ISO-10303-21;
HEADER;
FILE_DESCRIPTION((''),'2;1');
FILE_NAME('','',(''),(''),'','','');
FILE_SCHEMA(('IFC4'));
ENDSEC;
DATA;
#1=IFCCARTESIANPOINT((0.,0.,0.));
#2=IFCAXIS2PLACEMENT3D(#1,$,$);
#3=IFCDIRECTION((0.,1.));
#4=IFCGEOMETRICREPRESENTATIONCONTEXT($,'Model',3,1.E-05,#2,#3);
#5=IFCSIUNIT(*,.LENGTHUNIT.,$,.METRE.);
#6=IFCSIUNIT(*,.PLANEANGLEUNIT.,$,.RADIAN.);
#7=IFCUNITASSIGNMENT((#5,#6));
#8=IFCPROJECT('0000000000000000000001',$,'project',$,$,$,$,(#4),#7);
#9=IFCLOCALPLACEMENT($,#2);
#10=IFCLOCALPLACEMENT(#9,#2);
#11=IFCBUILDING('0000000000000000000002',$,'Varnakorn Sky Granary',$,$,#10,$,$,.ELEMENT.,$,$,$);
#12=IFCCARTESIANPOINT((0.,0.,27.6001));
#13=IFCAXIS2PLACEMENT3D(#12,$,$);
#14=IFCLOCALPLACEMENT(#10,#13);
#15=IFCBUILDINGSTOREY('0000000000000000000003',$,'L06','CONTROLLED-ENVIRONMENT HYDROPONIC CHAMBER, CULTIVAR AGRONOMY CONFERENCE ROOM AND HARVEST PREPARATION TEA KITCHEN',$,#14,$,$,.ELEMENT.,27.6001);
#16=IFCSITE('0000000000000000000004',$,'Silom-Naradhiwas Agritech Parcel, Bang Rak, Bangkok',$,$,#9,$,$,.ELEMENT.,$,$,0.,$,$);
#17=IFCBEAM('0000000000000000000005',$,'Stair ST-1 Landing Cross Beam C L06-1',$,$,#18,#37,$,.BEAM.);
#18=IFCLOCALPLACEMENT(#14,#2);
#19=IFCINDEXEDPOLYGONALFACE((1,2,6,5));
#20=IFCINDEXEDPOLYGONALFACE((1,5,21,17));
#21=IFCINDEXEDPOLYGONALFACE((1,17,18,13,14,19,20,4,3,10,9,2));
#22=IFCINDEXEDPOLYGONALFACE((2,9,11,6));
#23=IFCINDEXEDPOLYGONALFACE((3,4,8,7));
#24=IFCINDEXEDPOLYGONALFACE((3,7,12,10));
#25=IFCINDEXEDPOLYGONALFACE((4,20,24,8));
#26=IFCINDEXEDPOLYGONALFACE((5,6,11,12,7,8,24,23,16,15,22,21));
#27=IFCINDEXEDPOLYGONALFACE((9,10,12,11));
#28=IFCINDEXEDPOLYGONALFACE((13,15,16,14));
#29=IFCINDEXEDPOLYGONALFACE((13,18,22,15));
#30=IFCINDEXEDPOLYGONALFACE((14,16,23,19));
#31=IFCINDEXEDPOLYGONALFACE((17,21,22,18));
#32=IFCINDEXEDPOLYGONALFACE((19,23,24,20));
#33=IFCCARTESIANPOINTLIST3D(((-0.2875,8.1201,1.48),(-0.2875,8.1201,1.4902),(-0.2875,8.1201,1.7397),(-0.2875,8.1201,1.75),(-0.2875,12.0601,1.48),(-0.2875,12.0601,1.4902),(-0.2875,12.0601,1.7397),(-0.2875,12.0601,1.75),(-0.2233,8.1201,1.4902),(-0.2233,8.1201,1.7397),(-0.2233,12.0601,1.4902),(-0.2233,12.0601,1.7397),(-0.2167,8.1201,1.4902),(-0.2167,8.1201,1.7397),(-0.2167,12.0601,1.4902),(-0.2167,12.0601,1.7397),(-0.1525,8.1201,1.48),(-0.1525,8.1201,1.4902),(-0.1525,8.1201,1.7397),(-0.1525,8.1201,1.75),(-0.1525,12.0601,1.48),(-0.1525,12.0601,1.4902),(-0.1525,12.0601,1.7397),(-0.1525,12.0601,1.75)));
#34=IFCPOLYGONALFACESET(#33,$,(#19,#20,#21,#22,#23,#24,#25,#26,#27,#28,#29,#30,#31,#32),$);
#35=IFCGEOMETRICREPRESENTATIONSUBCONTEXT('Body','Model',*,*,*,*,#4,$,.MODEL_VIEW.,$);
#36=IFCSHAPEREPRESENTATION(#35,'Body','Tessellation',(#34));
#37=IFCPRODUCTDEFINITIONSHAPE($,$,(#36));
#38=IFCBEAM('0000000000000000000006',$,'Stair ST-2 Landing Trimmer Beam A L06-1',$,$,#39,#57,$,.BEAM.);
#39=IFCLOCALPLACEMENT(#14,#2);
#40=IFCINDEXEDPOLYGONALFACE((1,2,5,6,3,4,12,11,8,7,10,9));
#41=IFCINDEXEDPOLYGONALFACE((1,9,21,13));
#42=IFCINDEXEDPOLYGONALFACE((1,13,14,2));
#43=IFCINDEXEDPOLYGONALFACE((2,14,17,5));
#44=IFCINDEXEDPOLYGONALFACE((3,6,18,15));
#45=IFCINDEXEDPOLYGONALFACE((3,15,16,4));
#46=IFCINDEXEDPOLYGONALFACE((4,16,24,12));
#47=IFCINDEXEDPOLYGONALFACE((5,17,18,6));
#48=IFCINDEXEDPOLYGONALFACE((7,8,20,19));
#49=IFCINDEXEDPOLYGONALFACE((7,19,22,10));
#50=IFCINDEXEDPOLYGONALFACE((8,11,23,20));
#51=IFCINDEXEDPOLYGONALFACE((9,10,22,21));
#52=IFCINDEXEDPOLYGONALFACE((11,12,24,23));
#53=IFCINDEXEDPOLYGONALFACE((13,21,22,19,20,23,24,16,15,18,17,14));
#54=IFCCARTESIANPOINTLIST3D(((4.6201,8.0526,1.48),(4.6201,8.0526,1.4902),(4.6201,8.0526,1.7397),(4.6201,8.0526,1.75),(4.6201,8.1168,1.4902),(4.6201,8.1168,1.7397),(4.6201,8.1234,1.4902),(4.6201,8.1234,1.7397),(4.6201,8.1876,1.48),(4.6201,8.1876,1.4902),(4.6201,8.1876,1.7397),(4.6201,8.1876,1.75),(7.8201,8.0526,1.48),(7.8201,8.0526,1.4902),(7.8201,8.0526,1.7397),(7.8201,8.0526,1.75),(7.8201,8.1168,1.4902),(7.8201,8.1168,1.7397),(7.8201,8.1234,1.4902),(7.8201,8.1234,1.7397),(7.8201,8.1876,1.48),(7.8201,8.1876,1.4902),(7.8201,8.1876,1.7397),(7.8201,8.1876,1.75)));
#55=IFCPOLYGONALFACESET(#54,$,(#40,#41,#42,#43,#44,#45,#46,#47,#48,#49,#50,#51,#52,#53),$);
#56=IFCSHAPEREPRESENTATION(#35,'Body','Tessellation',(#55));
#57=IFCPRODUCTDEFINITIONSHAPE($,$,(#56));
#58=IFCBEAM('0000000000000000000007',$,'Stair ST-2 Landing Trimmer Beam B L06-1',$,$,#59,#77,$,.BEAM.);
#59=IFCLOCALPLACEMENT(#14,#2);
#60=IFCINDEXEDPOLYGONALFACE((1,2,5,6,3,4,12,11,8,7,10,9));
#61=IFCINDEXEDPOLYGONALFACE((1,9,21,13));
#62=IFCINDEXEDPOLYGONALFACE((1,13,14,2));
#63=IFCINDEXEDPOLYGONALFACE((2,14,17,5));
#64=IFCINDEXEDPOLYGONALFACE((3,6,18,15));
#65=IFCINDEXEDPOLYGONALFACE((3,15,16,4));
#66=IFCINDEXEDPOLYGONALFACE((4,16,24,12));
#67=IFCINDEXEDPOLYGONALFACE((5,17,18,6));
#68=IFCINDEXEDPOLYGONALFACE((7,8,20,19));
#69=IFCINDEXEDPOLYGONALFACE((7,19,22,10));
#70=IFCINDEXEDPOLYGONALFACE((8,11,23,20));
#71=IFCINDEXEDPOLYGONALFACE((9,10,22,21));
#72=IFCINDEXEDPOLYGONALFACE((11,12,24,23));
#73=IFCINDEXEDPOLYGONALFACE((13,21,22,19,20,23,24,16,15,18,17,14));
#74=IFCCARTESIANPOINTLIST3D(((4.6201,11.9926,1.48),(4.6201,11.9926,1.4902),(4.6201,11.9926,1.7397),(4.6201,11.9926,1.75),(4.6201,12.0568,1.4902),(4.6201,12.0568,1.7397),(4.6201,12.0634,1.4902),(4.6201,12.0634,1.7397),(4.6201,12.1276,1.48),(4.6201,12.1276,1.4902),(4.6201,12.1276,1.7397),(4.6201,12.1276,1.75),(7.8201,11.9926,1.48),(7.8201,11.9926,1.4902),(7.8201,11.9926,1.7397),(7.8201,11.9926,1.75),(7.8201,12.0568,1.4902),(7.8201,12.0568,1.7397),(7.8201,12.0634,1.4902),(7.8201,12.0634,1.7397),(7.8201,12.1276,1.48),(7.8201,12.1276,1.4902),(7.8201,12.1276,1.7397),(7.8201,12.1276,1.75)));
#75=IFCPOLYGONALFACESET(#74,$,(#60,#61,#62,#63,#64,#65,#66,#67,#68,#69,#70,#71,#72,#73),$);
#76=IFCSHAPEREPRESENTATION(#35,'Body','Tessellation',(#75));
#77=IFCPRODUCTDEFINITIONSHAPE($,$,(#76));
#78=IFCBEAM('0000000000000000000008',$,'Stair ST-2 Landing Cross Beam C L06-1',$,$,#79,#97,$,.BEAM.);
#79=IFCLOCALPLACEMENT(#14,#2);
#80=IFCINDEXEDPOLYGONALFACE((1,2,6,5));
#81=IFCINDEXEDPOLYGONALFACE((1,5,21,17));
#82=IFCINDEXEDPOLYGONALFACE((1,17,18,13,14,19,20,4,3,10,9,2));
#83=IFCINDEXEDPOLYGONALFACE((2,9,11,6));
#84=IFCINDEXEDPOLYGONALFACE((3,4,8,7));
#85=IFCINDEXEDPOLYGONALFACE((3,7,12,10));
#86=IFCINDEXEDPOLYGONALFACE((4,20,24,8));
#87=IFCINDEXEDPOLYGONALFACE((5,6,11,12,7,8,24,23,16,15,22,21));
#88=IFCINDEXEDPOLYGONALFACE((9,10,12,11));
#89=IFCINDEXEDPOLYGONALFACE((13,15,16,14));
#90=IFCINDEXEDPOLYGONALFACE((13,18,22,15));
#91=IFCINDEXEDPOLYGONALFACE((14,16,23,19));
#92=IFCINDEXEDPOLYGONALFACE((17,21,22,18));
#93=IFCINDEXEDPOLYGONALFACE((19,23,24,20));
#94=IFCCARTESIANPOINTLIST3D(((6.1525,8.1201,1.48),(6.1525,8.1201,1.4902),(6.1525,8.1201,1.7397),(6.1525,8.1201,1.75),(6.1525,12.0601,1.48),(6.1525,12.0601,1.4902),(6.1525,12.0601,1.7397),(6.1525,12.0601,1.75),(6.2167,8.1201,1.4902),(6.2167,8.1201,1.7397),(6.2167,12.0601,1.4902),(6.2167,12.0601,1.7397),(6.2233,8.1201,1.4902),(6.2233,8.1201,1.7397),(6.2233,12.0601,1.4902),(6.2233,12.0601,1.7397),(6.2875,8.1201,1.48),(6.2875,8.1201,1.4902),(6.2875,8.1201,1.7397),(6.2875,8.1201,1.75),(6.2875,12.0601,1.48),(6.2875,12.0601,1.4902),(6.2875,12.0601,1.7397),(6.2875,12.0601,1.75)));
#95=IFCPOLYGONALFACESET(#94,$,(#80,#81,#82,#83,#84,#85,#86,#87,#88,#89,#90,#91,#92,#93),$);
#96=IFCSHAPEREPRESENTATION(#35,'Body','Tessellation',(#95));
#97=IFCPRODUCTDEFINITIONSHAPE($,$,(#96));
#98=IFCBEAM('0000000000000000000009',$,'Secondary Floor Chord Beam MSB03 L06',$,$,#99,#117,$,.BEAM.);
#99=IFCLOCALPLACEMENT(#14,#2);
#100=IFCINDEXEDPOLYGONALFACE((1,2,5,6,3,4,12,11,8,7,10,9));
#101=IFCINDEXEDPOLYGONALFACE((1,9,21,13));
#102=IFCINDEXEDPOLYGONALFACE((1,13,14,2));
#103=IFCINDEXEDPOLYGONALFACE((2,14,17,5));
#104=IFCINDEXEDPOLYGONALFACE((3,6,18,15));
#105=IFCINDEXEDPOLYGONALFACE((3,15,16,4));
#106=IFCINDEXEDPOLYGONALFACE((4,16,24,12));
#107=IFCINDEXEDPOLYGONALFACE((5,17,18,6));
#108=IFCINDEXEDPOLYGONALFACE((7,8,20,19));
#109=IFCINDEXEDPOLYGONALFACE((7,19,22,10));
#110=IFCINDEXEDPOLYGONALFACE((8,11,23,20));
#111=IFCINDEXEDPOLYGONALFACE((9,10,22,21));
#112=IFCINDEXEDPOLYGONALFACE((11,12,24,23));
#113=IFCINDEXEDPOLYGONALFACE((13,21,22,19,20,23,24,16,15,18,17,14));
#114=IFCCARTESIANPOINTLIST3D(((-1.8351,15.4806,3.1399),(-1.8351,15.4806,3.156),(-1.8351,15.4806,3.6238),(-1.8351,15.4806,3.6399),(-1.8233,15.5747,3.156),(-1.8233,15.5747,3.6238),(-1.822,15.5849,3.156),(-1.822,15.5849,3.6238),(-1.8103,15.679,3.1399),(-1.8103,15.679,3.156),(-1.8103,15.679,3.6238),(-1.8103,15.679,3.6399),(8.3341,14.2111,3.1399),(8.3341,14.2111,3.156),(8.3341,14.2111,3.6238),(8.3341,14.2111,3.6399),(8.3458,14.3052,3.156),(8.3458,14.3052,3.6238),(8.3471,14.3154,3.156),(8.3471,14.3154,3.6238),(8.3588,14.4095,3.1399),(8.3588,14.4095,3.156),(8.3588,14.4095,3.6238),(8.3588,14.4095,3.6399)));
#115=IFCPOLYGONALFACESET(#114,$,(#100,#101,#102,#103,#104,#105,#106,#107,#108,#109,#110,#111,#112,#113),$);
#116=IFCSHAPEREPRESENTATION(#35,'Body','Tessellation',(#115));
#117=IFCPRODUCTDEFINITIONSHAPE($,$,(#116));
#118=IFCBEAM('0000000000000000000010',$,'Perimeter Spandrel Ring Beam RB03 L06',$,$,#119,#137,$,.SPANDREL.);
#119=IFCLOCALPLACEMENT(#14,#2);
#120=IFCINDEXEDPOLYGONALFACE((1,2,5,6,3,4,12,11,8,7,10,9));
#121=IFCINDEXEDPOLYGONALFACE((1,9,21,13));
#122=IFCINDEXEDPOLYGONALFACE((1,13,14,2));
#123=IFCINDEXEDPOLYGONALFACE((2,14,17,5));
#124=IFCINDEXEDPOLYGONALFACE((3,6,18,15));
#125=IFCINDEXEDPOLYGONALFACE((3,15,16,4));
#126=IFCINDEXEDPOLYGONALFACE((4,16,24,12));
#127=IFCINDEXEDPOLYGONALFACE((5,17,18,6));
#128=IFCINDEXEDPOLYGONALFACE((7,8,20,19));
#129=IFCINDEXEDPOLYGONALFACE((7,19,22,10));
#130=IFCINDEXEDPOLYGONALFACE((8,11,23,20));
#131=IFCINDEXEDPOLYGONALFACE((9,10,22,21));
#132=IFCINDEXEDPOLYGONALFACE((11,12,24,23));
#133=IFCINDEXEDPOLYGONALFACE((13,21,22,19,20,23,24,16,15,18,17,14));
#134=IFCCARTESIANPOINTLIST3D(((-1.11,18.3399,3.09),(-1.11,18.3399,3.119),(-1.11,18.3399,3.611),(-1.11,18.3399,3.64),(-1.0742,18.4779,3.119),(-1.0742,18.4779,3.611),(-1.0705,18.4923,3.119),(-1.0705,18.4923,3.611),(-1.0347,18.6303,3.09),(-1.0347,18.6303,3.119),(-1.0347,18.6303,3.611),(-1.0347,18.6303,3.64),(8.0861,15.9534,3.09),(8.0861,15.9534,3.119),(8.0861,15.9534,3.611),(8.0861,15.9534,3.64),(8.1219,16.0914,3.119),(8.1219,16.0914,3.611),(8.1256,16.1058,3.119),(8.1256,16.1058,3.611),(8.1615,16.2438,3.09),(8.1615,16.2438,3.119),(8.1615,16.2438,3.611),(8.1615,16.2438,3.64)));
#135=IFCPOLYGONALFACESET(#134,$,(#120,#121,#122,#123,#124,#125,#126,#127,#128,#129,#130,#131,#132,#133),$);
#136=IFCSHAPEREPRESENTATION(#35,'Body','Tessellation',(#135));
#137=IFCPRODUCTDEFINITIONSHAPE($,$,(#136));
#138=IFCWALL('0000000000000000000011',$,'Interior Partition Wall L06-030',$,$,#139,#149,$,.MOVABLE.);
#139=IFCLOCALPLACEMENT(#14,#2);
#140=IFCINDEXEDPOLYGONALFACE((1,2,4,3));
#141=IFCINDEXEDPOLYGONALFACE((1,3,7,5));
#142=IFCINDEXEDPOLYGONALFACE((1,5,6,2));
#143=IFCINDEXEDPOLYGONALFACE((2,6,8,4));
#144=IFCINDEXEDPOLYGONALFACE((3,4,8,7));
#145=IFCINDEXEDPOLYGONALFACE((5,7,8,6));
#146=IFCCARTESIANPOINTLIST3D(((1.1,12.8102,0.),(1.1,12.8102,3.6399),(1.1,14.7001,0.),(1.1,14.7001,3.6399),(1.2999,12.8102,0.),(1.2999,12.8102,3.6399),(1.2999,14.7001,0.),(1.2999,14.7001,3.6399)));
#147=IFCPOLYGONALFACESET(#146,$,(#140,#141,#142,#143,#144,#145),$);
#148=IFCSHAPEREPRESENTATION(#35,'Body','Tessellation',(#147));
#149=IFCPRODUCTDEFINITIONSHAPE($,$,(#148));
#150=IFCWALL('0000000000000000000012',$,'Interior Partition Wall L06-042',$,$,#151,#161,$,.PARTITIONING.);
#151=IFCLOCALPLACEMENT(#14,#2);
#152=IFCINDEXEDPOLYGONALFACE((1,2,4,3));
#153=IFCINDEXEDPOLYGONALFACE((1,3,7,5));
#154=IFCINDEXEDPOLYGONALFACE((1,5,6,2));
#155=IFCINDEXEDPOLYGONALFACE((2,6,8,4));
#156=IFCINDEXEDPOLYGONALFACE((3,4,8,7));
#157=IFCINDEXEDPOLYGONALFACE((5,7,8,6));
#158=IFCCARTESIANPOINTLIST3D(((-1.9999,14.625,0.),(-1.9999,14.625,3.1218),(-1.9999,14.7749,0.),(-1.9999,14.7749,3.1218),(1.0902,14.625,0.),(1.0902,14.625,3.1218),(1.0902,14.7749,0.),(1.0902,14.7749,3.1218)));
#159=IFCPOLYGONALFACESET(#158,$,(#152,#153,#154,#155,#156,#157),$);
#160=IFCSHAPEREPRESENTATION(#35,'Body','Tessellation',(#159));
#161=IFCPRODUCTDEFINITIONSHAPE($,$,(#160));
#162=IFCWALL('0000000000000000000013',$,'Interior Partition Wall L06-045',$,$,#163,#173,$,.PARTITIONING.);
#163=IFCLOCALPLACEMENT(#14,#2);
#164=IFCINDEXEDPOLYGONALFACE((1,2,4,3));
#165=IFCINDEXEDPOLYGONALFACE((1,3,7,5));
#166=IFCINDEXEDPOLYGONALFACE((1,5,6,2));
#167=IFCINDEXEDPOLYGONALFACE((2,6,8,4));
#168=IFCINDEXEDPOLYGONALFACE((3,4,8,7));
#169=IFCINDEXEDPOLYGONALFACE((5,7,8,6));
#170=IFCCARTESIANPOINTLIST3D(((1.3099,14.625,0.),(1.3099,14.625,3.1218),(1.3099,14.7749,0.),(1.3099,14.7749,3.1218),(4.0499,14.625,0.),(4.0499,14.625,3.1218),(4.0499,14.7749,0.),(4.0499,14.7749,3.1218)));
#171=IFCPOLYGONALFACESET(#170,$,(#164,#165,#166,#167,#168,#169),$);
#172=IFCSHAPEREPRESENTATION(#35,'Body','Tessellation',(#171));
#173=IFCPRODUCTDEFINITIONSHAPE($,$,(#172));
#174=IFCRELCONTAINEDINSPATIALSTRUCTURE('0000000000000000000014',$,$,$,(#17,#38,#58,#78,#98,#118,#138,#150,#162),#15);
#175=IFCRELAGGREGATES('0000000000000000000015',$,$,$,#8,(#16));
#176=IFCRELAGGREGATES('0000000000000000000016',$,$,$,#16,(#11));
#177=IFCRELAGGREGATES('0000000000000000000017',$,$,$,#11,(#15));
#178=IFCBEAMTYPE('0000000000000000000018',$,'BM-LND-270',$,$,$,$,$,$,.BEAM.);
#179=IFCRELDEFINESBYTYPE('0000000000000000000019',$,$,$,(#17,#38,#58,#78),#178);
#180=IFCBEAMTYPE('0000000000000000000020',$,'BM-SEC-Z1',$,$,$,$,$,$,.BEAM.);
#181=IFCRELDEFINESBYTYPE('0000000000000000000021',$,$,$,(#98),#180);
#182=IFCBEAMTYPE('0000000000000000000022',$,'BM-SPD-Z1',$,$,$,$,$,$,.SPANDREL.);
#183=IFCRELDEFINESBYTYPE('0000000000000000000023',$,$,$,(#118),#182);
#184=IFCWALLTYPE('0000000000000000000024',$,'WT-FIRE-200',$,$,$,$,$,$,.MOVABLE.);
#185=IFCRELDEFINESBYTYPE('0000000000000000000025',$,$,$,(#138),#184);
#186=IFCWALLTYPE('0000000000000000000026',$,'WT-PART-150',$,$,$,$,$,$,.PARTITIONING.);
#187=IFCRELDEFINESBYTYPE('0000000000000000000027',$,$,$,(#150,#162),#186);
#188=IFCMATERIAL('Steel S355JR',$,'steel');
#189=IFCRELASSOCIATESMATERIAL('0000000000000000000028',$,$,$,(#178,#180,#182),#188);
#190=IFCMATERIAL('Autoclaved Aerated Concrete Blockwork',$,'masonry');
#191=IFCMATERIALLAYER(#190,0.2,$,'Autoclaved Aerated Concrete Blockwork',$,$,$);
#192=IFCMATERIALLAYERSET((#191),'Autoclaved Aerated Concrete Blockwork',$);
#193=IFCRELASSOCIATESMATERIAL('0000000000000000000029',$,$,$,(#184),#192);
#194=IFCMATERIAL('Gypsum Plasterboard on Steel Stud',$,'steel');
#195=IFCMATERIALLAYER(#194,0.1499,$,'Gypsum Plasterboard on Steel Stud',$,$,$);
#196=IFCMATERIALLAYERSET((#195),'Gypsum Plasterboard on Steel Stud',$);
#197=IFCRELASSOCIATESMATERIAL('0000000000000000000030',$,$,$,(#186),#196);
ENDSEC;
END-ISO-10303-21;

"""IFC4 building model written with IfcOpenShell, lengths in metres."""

from ifc_helpers import new_model, si_unit, direction, frame, frame_2d, origin, origin_2d, place, context, subcontext, project, spatial, rectangle, i_section, extrude, material, layer, layer_set, material_profile, profile_set, type_object, element, save


model = new_model("IFC4")

# Units and contexts
model_context = context("Model", 3, precision=1e-05, world=origin(), true_north=direction((0.0, 1.0)))
body_context = subcontext(model_context, "Body", "Model", "MODEL_VIEW")
ifc_project = project(units=[si_unit("LENGTHUNIT", "METRE"), si_unit("PLANEANGLEUNIT", "RADIAN")], contexts=[model_context])

# Site, building, storey
site_placement = place(None, origin())
site = spatial("IfcSite", under=ifc_project, at=site_placement, Name="Silom-Naradhiwas Agritech Parcel, Bang Rak, Bangkok", CompositionType="ELEMENT", RefElevation=0.0)
building_placement = place(site_placement, origin())
building = spatial("IfcBuilding", under=site, at=building_placement, Name="Varnakorn Sky Granary", CompositionType="ELEMENT")
storey_placement = place(building_placement, frame((0.0, 0.0, 27.6001)))
storey = spatial("IfcBuildingStorey", under=building, at=storey_placement, Name="L06", Description="CONTROLLED-ENVIRONMENT HYDROPONIC CHAMBER, CULTIVAR AGRONOMY CONFERENCE ROOM AND HARVEST PREPARATION TEA KITCHEN", CompositionType="ELEMENT", Elevation=27.6001)

# Beams
ifc_material_1 = material(Name="Steel S355JR", Category="steel")
ifc_material_profile_1 = material_profile(ifc_material_1, i_section(OverallWidth=0.135, OverallDepth=0.27, WebThickness=0.0066, FlangeThickness=0.0103, at=origin_2d()), Name="IPE 270")
ifc_profile_set_1 = profile_set([ifc_material_profile_1], Name="Steel S355JR")
beam_type_1 = type_object("IfcBeamType", Name="BM-LND-270", PredefinedType="BEAM", material=ifc_profile_set_1)
beam_1_placement = place(storey_placement, frame((-0.22, 8.1201, 1.615), z_axis=(0.0, 1.0, 0.0), x_axis=(-1.0, 0.0, 0.0)))
element("IfcBeam", 1, at=beam_1_placement, inside=storey, type_object=beam_type_1, Name="Stair ST-1 Landing Cross Beam C L06-1", PredefinedType="BEAM", context=body_context, shape_type="SweptSolid", body=[
    extrude(i_section(OverallWidth=0.135, OverallDepth=0.27, WebThickness=0.0066, FlangeThickness=0.0103, at=origin_2d()), origin(), (0.0, 0.0, 1.0), 3.9399),
])
for number, where, z_axis, x_axis, name in (
    (2, (4.6201, 8.1201, 1.615), (1.0, 0.0, 0.0), (0.0, 1.0, 0.0), "Stair ST-2 Landing Trimmer Beam A L06-1"),
    (3, (4.6201, 12.0601, 1.615), (1.0, 0.0, 0.0), (0.0, 1.0, 0.0), "Stair ST-2 Landing Trimmer Beam B L06-1"),
):
    element("IfcBeam", number, at=place(storey_placement, frame(where, z_axis=z_axis, x_axis=x_axis)), inside=storey, type_object=beam_type_1, Name=name, PredefinedType="BEAM", context=body_context, shape_type="SweptSolid", body=[
        extrude(i_section(OverallWidth=0.135, OverallDepth=0.27, WebThickness=0.0066, FlangeThickness=0.0103, at=origin_2d()), origin(), (0.0, 0.0, 1.0), 3.2),
    ])
beam_2_placement = place(storey_placement, frame((6.22, 8.1201, 1.615), z_axis=(0.0, 1.0, 0.0), x_axis=(-1.0, 0.0, 0.0)))
element("IfcBeam", 4, at=beam_2_placement, inside=storey, type_object=beam_type_1, Name="Stair ST-2 Landing Cross Beam C L06-1", PredefinedType="BEAM", context=body_context, shape_type="SweptSolid", body=[
    extrude(i_section(OverallWidth=0.135, OverallDepth=0.27, WebThickness=0.0066, FlangeThickness=0.0103, at=origin_2d()), origin(), (0.0, 0.0, 1.0), 3.9399),
])
ifc_material_profile_2 = material_profile(ifc_material_1, i_section(OverallWidth=0.2, OverallDepth=0.5, WebThickness=0.0103, FlangeThickness=0.0161, at=origin_2d()), Name="IPE 500")
ifc_profile_set_2 = profile_set([ifc_material_profile_2], Name="Steel S355JR")
beam_type_2 = type_object("IfcBeamType", Name="BM-SEC-Z1", PredefinedType="BEAM", material=ifc_profile_set_2)
beam_3_placement = place(storey_placement, frame((8.3464, 14.3103, 3.3899), z_axis=(-0.992297, 0.123879, 0.0), x_axis=(-0.123879, -0.992297, 0.0)))
element("IfcBeam", 5, at=beam_3_placement, inside=storey, type_object=beam_type_2, Name="Secondary Floor Chord Beam MSB03 L06", PredefinedType="BEAM", context=body_context, shape_type="SweptSolid", body=[
    extrude(i_section(OverallWidth=0.2, OverallDepth=0.5, WebThickness=0.0103, FlangeThickness=0.0161, at=origin_2d()), origin(), (0.0, 0.0, 1.0), 10.248),
])
ifc_material_profile_3 = material_profile(ifc_material_1, i_section(OverallWidth=0.3, OverallDepth=0.55, WebThickness=0.0149, FlangeThickness=0.0291, at=origin_2d()), Name="HE 550 B")
ifc_profile_set_3 = profile_set([ifc_material_profile_3], Name="Steel S355JR")
beam_type_3 = type_object("IfcBeamType", Name="BM-SPD-Z1", PredefinedType="SPANDREL", material=ifc_profile_set_3)
beam_4_placement = place(storey_placement, frame((8.1238, 16.0986, 3.365), z_axis=(-0.967938, 0.25119, 0.0), x_axis=(-0.25119, -0.967938, 0.0)))
element("IfcBeam", 6, at=beam_4_placement, inside=storey, type_object=beam_type_3, Name="Perimeter Spandrel Ring Beam RB03 L06", PredefinedType="SPANDREL", context=body_context, shape_type="SweptSolid", body=[
    extrude(i_section(OverallWidth=0.3, OverallDepth=0.55, WebThickness=0.0149, FlangeThickness=0.0291, at=origin_2d()), origin(), (0.0, 0.0, 1.0), 9.5007),
])

# Walls
ifc_material_2 = material(Name="Autoclaved Aerated Concrete Blockwork", Category="masonry")
ifc_layer_1 = layer(ifc_material_2, 0.2, Name="Autoclaved Aerated Concrete Blockwork")
ifc_layer_set_1 = layer_set([ifc_layer_1], Name="Autoclaved Aerated Concrete Blockwork")
wall_type_1 = type_object("IfcWallType", Name="WT-FIRE-200", PredefinedType="MOVABLE", material=ifc_layer_set_1)
wall_1_placement = place(storey_placement, frame((1.2, 14.7, 0.0), z_axis=(0.0, 0.0, 1.0), x_axis=(0.0, -1.0, 0.0)))
element("IfcWall", 7, at=wall_1_placement, inside=storey, type_object=wall_type_1, Name="Interior Partition Wall L06-030", PredefinedType="MOVABLE", context=body_context, shape_type="SweptSolid", body=[
    extrude(rectangle(XDim=1.8899, YDim=0.2, at=frame_2d((0.9448, 0.0))), origin(), (0.0, 0.0, 1.0), 3.6399),
])
ifc_material_3 = material(Name="Gypsum Plasterboard on Steel Stud", Category="steel")
ifc_layer_2 = layer(ifc_material_3, 0.1499, Name="Gypsum Plasterboard on Steel Stud")
ifc_layer_set_2 = layer_set([ifc_layer_2], Name="Gypsum Plasterboard on Steel Stud")
wall_type_2 = type_object("IfcWallType", Name="WT-PART-150", PredefinedType="PARTITIONING", material=ifc_layer_set_2)
wall_2_placement = place(storey_placement, frame((1.0901, 14.7, 0.0), z_axis=(0.0, 0.0, 1.0), x_axis=(-1.0, 0.0, 0.0)))
element("IfcWall", 8, at=wall_2_placement, inside=storey, type_object=wall_type_2, Name="Interior Partition Wall L06-042", PredefinedType="PARTITIONING", context=body_context, shape_type="SweptSolid", body=[
    extrude(rectangle(XDim=3.0901, YDim=0.1499, at=frame_2d((1.5449, 0.0))), origin(), (0.0, 0.0, 1.0), 3.1218),
])
wall_3_placement = place(storey_placement, frame((4.05, 14.7, 0.0), z_axis=(0.0, 0.0, 1.0), x_axis=(-1.0, 0.0, 0.0)))
element("IfcWall", 9, at=wall_3_placement, inside=storey, type_object=wall_type_2, Name="Interior Partition Wall L06-045", PredefinedType="PARTITIONING", context=body_context, shape_type="SweptSolid", body=[
    extrude(rectangle(XDim=2.74, YDim=0.1499, at=frame_2d((1.3701, 0.0))), origin(), (0.0, 0.0, 1.0), 3.1218),
])

save(model, "model.ifc")
